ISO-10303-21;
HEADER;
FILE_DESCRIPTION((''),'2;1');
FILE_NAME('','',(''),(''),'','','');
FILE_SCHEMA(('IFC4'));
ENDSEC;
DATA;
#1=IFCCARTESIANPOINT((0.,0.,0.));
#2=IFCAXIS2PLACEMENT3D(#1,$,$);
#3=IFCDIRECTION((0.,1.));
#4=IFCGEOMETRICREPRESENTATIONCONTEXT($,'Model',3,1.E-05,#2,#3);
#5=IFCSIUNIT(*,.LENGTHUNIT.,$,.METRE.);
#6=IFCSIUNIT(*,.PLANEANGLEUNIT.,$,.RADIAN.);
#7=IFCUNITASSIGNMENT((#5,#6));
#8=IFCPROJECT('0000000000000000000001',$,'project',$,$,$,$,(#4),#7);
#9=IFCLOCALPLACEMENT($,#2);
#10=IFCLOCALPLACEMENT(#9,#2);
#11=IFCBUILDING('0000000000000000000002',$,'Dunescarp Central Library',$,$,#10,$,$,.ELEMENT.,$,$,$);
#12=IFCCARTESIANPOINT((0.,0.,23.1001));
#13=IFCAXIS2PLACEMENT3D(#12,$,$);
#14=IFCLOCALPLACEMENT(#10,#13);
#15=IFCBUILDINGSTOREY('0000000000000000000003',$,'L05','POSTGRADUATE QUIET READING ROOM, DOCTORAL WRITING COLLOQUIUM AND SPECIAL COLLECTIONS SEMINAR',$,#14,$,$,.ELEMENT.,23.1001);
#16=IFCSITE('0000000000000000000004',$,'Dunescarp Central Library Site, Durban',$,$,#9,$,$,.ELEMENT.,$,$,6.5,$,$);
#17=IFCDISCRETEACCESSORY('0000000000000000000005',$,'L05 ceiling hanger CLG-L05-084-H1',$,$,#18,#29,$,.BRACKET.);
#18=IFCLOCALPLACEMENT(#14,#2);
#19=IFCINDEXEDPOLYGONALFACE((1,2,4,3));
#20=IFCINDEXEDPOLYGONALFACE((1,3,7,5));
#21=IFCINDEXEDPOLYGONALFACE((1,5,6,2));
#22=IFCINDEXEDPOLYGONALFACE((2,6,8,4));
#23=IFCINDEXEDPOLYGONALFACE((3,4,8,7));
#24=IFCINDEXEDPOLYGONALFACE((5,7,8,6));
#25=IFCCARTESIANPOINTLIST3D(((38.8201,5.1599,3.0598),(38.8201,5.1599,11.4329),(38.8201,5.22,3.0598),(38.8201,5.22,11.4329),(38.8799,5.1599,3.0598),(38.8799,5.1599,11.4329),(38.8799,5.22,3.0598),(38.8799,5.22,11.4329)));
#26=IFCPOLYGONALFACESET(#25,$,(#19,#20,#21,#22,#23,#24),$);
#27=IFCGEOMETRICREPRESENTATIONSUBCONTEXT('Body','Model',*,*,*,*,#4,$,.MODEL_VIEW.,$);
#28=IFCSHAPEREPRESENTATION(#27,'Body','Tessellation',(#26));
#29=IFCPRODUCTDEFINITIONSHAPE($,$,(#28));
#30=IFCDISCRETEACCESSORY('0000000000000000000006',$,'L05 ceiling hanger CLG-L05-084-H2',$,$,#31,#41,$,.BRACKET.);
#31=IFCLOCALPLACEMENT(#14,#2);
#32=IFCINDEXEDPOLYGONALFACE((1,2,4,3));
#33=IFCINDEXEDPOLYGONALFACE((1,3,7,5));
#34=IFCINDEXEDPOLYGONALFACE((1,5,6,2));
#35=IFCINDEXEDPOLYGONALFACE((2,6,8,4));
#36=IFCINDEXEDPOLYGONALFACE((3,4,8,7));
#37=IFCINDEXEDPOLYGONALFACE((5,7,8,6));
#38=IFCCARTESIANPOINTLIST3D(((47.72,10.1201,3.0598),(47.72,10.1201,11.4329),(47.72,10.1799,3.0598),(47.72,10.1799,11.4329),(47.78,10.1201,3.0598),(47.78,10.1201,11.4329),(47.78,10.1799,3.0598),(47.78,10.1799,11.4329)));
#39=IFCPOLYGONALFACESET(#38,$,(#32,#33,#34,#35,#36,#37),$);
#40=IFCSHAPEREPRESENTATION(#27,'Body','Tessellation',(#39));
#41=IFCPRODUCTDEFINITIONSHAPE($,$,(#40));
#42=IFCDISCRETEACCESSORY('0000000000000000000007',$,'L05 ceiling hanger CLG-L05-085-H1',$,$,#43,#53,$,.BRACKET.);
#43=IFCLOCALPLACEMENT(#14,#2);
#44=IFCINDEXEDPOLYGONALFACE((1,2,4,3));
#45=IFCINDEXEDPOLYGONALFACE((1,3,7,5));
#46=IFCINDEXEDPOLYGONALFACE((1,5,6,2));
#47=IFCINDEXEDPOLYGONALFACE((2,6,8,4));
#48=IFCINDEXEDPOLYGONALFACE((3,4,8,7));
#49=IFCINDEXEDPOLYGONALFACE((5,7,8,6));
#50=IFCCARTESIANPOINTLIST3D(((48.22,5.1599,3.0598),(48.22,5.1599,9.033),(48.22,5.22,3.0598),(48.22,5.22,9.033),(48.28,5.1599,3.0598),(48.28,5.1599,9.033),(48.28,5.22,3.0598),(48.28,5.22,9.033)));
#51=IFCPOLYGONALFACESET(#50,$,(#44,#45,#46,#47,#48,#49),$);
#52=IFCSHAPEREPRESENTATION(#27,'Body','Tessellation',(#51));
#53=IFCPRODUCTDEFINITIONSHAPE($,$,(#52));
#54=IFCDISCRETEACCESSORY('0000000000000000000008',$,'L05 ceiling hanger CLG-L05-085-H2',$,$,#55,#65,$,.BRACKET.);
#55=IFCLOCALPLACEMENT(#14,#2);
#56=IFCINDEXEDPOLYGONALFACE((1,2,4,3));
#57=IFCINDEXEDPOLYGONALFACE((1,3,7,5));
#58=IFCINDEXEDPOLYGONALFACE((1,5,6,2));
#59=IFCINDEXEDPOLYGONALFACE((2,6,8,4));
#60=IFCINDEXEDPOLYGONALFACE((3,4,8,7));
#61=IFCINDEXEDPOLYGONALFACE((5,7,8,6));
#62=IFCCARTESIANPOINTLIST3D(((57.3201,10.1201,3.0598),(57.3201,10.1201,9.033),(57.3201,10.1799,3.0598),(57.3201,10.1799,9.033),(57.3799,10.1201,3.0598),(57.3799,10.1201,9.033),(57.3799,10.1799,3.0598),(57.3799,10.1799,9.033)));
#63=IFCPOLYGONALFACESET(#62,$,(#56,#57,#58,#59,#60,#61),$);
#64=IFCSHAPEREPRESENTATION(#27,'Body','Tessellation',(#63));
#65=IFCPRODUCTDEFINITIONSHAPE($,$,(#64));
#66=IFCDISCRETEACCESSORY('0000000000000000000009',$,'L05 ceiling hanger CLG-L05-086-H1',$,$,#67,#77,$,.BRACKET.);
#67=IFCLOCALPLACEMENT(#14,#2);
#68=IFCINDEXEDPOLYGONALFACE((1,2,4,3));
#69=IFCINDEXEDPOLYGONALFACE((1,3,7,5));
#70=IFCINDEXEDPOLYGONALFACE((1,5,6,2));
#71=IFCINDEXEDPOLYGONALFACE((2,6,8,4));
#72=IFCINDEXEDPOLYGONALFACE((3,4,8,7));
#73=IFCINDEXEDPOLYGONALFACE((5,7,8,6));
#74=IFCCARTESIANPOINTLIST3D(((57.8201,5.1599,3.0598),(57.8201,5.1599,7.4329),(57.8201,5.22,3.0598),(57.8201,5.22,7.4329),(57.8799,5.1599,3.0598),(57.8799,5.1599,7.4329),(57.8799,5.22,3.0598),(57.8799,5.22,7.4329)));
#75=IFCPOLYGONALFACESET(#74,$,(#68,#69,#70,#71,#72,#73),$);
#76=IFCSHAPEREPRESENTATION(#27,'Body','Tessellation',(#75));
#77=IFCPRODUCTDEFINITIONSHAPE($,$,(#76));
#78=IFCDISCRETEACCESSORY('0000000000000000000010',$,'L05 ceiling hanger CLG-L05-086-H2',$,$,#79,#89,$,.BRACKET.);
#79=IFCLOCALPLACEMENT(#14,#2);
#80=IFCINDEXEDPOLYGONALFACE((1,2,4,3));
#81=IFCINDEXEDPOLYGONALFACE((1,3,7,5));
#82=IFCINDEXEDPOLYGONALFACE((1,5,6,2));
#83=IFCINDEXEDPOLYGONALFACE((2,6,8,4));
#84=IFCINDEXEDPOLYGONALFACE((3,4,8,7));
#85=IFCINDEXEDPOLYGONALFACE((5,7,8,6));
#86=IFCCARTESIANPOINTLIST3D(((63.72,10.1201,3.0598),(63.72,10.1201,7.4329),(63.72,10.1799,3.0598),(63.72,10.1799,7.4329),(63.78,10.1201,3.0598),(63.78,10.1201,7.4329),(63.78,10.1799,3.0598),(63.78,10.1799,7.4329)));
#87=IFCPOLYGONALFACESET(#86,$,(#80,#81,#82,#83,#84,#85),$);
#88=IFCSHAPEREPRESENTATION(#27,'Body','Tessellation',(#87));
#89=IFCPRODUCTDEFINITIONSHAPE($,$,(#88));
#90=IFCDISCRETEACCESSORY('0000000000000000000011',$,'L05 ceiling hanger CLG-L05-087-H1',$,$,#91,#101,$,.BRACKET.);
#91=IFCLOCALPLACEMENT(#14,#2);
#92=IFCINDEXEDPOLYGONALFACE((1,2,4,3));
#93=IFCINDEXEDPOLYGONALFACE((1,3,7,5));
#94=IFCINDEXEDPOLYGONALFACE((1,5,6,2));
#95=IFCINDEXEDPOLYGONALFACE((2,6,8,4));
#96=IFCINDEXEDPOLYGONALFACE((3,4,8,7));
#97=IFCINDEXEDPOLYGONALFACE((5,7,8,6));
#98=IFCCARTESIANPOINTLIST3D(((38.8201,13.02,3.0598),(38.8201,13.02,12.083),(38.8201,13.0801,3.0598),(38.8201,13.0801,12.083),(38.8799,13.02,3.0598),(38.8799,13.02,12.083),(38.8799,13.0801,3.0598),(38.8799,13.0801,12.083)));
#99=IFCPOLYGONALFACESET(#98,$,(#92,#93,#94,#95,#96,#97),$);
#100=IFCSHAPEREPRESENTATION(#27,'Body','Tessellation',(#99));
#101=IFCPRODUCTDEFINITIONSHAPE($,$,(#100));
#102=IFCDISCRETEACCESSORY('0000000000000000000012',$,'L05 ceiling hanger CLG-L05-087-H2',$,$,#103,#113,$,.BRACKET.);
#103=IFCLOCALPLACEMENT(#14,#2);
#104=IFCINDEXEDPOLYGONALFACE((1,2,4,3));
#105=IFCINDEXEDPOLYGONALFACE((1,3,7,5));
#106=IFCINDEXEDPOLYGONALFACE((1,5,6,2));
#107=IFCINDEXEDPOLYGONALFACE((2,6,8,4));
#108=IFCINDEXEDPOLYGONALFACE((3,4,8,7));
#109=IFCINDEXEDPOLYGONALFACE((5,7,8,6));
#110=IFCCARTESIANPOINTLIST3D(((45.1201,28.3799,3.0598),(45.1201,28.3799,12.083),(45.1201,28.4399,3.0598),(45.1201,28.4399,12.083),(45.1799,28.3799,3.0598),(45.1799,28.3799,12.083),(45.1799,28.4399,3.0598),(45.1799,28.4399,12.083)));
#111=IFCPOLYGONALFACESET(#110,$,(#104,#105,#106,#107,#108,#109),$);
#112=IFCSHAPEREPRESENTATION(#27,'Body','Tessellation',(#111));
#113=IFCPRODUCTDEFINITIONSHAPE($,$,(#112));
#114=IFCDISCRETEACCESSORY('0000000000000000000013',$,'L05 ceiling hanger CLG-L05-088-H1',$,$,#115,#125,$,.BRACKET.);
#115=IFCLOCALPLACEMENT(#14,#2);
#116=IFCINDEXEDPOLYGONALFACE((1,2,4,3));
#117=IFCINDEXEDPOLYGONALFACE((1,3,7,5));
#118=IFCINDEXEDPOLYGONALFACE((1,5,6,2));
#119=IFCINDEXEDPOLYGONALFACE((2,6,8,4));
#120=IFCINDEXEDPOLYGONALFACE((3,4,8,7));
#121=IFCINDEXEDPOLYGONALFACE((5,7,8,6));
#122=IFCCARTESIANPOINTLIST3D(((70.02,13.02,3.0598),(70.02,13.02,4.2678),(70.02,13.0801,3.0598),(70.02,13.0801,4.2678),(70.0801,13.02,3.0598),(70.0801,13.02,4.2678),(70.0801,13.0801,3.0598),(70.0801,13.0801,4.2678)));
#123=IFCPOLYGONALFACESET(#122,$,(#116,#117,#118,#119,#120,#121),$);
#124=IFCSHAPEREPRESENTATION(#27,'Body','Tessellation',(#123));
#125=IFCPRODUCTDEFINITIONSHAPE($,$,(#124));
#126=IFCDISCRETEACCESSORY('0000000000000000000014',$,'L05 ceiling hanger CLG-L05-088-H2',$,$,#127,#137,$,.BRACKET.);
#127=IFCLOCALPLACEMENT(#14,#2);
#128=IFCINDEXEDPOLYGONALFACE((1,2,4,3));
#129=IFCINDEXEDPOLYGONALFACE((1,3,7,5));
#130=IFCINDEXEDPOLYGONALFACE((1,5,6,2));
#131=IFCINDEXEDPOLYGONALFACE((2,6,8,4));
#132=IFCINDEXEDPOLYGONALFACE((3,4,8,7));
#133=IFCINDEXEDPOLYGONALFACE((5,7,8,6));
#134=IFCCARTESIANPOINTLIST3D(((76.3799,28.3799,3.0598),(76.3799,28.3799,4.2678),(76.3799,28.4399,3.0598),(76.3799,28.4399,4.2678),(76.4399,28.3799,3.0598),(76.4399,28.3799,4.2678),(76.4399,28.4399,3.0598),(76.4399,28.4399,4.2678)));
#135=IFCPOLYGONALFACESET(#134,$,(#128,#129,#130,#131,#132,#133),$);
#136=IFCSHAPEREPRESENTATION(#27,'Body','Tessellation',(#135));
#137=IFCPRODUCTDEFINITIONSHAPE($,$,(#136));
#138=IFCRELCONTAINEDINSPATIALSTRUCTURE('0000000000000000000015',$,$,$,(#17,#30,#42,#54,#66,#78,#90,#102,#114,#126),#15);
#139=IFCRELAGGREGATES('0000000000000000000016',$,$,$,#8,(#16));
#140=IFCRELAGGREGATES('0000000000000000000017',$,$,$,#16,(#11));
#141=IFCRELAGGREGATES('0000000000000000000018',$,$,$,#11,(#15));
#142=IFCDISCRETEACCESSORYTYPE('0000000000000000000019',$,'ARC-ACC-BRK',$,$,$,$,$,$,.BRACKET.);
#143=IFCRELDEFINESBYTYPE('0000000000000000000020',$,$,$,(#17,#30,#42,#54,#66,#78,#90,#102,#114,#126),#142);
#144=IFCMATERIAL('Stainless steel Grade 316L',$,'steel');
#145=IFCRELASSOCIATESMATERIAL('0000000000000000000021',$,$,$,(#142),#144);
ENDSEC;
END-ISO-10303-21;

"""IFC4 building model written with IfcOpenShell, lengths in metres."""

from ifc_helpers import new_model, si_unit, direction, frame, origin, place, context, subcontext, project, spatial, polyline, outline, extrude, material, type_object, element, save


model = new_model("IFC4")

# Units and contexts
model_context = context("Model", 3, precision=1e-05, world=origin(), true_north=direction((0.0, 1.0)))
body_context = subcontext(model_context, "Body", "Model", "MODEL_VIEW")
ifc_project = project(units=[si_unit("LENGTHUNIT", "METRE"), si_unit("PLANEANGLEUNIT", "RADIAN")], contexts=[model_context])

# Site, building, storey
site_placement = place(None, origin())
site = spatial("IfcSite", under=ifc_project, at=site_placement, Name="Dunescarp Central Library Site, Durban", CompositionType="ELEMENT", RefElevation=6.5)
building_placement = place(site_placement, origin())
building = spatial("IfcBuilding", under=site, at=building_placement, Name="Dunescarp Central Library", CompositionType="ELEMENT")
storey_placement = place(building_placement, frame((0.0, 0.0, 23.1001)))
storey = spatial("IfcBuildingStorey", under=building, at=storey_placement, Name="L05", Description="POSTGRADUATE QUIET READING ROOM, DOCTORAL WRITING COLLOQUIUM AND SPECIAL COLLECTIONS SEMINAR", CompositionType="ELEMENT", Elevation=23.1001)

# Discrete accessories
ifc_material_1 = material(Name="Stainless steel Grade 316L", Category="steel")
discrete_accessory_type = type_object("IfcDiscreteAccessoryType", Name="ARC-ACC-BRK", PredefinedType="BRACKET", material=ifc_material_1)
discrete_accessory_1_placement = place(storey_placement, frame((0.0, 0.0, 3.0598)))
element("IfcDiscreteAccessory", 1, at=discrete_accessory_1_placement, inside=storey, type_object=discrete_accessory_type, Name="L05 ceiling hanger CLG-L05-084-H1", PredefinedType="BRACKET", context=body_context, shape_type="SweptSolid", body=[
    extrude(outline(polyline([(38.8201, 5.1599), (38.8799, 5.1599), (38.8799, 5.22), (38.8201, 5.22), (38.8201, 5.1599)])), origin(), (0.0, 0.0, 1.0), 8.373),
])
discrete_accessory_2_placement = place(storey_placement, frame((0.0, 0.0, 3.0598)))
element("IfcDiscreteAccessory", 2, at=discrete_accessory_2_placement, inside=storey, type_object=discrete_accessory_type, Name="L05 ceiling hanger CLG-L05-084-H2", PredefinedType="BRACKET", context=body_context, shape_type="SweptSolid", body=[
    extrude(outline(polyline([(47.72, 10.1201), (47.78, 10.1201), (47.78, 10.1799), (47.72, 10.1799), (47.72, 10.1201)])), origin(), (0.0, 0.0, 1.0), 8.373),
])
discrete_accessory_3_placement = place(storey_placement, frame((0.0, 0.0, 3.0598)))
element("IfcDiscreteAccessory", 3, at=discrete_accessory_3_placement, inside=storey, type_object=discrete_accessory_type, Name="L05 ceiling hanger CLG-L05-085-H1", PredefinedType="BRACKET", context=body_context, shape_type="SweptSolid", body=[
    extrude(outline(polyline([(48.22, 5.1599), (48.28, 5.1599), (48.28, 5.22), (48.22, 5.22), (48.22, 5.1599)])), origin(), (0.0, 0.0, 1.0), 5.9731),
])
discrete_accessory_4_placement = place(storey_placement, frame((0.0, 0.0, 3.0598)))
element("IfcDiscreteAccessory", 4, at=discrete_accessory_4_placement, inside=storey, type_object=discrete_accessory_type, Name="L05 ceiling hanger CLG-L05-085-H2", PredefinedType="BRACKET", context=body_context, shape_type="SweptSolid", body=[
    extrude(outline(polyline([(57.3201, 10.1201), (57.3799, 10.1201), (57.3799, 10.1799), (57.3201, 10.1799), (57.3201, 10.1201)])), origin(), (0.0, 0.0, 1.0), 5.9731),
])
discrete_accessory_5_placement = place(storey_placement, frame((0.0, 0.0, 3.0598)))
element("IfcDiscreteAccessory", 5, at=discrete_accessory_5_placement, inside=storey, type_object=discrete_accessory_type, Name="L05 ceiling hanger CLG-L05-086-H1", PredefinedType="BRACKET", context=body_context, shape_type="SweptSolid", body=[
    extrude(outline(polyline([(57.8201, 5.1599), (57.8799, 5.1599), (57.8799, 5.22), (57.8201, 5.22), (57.8201, 5.1599)])), origin(), (0.0, 0.0, 1.0), 4.373),
])
discrete_accessory_6_placement = place(storey_placement, frame((0.0, 0.0, 3.0598)))
element("IfcDiscreteAccessory", 6, at=discrete_accessory_6_placement, inside=storey, type_object=discrete_accessory_type, Name="L05 ceiling hanger CLG-L05-086-H2", PredefinedType="BRACKET", context=body_context, shape_type="SweptSolid", body=[
    extrude(outline(polyline([(63.72, 10.1201), (63.78, 10.1201), (63.78, 10.1799), (63.72, 10.1799), (63.72, 10.1201)])), origin(), (0.0, 0.0, 1.0), 4.373),
])
discrete_accessory_7_placement = place(storey_placement, frame((0.0, 0.0, 3.0598)))
element("IfcDiscreteAccessory", 7, at=discrete_accessory_7_placement, inside=storey, type_object=discrete_accessory_type, Name="L05 ceiling hanger CLG-L05-087-H1", PredefinedType="BRACKET", context=body_context, shape_type="SweptSolid", body=[
    extrude(outline(polyline([(38.8201, 13.02), (38.8799, 13.02), (38.8799, 13.0801), (38.8201, 13.0801), (38.8201, 13.02)])), origin(), (0.0, 0.0, 1.0), 9.0232),
])
discrete_accessory_8_placement = place(storey_placement, frame((0.0, 0.0, 3.0598)))
element("IfcDiscreteAccessory", 8, at=discrete_accessory_8_placement, inside=storey, type_object=discrete_accessory_type, Name="L05 ceiling hanger CLG-L05-087-H2", PredefinedType="BRACKET", context=body_context, shape_type="SweptSolid", body=[
    extrude(outline(polyline([(45.1201, 28.3799), (45.1799, 28.3799), (45.1799, 28.4399), (45.1201, 28.4399), (45.1201, 28.3799)])), origin(), (0.0, 0.0, 1.0), 9.0232),
])
discrete_accessory_9_placement = place(storey_placement, frame((0.0, 0.0, 3.0598)))
element("IfcDiscreteAccessory", 9, at=discrete_accessory_9_placement, inside=storey, type_object=discrete_accessory_type, Name="L05 ceiling hanger CLG-L05-088-H1", PredefinedType="BRACKET", context=body_context, shape_type="SweptSolid", body=[
    extrude(outline(polyline([(70.02, 13.02), (70.0801, 13.02), (70.0801, 13.0801), (70.02, 13.0801), (70.02, 13.02)])), origin(), (0.0, 0.0, 1.0), 1.208),
])
discrete_accessory_10_placement = place(storey_placement, frame((0.0, 0.0, 3.0598)))
element("IfcDiscreteAccessory", 10, at=discrete_accessory_10_placement, inside=storey, type_object=discrete_accessory_type, Name="L05 ceiling hanger CLG-L05-088-H2", PredefinedType="BRACKET", context=body_context, shape_type="SweptSolid", body=[
    extrude(outline(polyline([(76.3799, 28.3799), (76.4399, 28.3799), (76.4399, 28.4399), (76.3799, 28.4399), (76.3799, 28.3799)])), origin(), (0.0, 0.0, 1.0), 1.208),
])

save(model, "model.ifc")
